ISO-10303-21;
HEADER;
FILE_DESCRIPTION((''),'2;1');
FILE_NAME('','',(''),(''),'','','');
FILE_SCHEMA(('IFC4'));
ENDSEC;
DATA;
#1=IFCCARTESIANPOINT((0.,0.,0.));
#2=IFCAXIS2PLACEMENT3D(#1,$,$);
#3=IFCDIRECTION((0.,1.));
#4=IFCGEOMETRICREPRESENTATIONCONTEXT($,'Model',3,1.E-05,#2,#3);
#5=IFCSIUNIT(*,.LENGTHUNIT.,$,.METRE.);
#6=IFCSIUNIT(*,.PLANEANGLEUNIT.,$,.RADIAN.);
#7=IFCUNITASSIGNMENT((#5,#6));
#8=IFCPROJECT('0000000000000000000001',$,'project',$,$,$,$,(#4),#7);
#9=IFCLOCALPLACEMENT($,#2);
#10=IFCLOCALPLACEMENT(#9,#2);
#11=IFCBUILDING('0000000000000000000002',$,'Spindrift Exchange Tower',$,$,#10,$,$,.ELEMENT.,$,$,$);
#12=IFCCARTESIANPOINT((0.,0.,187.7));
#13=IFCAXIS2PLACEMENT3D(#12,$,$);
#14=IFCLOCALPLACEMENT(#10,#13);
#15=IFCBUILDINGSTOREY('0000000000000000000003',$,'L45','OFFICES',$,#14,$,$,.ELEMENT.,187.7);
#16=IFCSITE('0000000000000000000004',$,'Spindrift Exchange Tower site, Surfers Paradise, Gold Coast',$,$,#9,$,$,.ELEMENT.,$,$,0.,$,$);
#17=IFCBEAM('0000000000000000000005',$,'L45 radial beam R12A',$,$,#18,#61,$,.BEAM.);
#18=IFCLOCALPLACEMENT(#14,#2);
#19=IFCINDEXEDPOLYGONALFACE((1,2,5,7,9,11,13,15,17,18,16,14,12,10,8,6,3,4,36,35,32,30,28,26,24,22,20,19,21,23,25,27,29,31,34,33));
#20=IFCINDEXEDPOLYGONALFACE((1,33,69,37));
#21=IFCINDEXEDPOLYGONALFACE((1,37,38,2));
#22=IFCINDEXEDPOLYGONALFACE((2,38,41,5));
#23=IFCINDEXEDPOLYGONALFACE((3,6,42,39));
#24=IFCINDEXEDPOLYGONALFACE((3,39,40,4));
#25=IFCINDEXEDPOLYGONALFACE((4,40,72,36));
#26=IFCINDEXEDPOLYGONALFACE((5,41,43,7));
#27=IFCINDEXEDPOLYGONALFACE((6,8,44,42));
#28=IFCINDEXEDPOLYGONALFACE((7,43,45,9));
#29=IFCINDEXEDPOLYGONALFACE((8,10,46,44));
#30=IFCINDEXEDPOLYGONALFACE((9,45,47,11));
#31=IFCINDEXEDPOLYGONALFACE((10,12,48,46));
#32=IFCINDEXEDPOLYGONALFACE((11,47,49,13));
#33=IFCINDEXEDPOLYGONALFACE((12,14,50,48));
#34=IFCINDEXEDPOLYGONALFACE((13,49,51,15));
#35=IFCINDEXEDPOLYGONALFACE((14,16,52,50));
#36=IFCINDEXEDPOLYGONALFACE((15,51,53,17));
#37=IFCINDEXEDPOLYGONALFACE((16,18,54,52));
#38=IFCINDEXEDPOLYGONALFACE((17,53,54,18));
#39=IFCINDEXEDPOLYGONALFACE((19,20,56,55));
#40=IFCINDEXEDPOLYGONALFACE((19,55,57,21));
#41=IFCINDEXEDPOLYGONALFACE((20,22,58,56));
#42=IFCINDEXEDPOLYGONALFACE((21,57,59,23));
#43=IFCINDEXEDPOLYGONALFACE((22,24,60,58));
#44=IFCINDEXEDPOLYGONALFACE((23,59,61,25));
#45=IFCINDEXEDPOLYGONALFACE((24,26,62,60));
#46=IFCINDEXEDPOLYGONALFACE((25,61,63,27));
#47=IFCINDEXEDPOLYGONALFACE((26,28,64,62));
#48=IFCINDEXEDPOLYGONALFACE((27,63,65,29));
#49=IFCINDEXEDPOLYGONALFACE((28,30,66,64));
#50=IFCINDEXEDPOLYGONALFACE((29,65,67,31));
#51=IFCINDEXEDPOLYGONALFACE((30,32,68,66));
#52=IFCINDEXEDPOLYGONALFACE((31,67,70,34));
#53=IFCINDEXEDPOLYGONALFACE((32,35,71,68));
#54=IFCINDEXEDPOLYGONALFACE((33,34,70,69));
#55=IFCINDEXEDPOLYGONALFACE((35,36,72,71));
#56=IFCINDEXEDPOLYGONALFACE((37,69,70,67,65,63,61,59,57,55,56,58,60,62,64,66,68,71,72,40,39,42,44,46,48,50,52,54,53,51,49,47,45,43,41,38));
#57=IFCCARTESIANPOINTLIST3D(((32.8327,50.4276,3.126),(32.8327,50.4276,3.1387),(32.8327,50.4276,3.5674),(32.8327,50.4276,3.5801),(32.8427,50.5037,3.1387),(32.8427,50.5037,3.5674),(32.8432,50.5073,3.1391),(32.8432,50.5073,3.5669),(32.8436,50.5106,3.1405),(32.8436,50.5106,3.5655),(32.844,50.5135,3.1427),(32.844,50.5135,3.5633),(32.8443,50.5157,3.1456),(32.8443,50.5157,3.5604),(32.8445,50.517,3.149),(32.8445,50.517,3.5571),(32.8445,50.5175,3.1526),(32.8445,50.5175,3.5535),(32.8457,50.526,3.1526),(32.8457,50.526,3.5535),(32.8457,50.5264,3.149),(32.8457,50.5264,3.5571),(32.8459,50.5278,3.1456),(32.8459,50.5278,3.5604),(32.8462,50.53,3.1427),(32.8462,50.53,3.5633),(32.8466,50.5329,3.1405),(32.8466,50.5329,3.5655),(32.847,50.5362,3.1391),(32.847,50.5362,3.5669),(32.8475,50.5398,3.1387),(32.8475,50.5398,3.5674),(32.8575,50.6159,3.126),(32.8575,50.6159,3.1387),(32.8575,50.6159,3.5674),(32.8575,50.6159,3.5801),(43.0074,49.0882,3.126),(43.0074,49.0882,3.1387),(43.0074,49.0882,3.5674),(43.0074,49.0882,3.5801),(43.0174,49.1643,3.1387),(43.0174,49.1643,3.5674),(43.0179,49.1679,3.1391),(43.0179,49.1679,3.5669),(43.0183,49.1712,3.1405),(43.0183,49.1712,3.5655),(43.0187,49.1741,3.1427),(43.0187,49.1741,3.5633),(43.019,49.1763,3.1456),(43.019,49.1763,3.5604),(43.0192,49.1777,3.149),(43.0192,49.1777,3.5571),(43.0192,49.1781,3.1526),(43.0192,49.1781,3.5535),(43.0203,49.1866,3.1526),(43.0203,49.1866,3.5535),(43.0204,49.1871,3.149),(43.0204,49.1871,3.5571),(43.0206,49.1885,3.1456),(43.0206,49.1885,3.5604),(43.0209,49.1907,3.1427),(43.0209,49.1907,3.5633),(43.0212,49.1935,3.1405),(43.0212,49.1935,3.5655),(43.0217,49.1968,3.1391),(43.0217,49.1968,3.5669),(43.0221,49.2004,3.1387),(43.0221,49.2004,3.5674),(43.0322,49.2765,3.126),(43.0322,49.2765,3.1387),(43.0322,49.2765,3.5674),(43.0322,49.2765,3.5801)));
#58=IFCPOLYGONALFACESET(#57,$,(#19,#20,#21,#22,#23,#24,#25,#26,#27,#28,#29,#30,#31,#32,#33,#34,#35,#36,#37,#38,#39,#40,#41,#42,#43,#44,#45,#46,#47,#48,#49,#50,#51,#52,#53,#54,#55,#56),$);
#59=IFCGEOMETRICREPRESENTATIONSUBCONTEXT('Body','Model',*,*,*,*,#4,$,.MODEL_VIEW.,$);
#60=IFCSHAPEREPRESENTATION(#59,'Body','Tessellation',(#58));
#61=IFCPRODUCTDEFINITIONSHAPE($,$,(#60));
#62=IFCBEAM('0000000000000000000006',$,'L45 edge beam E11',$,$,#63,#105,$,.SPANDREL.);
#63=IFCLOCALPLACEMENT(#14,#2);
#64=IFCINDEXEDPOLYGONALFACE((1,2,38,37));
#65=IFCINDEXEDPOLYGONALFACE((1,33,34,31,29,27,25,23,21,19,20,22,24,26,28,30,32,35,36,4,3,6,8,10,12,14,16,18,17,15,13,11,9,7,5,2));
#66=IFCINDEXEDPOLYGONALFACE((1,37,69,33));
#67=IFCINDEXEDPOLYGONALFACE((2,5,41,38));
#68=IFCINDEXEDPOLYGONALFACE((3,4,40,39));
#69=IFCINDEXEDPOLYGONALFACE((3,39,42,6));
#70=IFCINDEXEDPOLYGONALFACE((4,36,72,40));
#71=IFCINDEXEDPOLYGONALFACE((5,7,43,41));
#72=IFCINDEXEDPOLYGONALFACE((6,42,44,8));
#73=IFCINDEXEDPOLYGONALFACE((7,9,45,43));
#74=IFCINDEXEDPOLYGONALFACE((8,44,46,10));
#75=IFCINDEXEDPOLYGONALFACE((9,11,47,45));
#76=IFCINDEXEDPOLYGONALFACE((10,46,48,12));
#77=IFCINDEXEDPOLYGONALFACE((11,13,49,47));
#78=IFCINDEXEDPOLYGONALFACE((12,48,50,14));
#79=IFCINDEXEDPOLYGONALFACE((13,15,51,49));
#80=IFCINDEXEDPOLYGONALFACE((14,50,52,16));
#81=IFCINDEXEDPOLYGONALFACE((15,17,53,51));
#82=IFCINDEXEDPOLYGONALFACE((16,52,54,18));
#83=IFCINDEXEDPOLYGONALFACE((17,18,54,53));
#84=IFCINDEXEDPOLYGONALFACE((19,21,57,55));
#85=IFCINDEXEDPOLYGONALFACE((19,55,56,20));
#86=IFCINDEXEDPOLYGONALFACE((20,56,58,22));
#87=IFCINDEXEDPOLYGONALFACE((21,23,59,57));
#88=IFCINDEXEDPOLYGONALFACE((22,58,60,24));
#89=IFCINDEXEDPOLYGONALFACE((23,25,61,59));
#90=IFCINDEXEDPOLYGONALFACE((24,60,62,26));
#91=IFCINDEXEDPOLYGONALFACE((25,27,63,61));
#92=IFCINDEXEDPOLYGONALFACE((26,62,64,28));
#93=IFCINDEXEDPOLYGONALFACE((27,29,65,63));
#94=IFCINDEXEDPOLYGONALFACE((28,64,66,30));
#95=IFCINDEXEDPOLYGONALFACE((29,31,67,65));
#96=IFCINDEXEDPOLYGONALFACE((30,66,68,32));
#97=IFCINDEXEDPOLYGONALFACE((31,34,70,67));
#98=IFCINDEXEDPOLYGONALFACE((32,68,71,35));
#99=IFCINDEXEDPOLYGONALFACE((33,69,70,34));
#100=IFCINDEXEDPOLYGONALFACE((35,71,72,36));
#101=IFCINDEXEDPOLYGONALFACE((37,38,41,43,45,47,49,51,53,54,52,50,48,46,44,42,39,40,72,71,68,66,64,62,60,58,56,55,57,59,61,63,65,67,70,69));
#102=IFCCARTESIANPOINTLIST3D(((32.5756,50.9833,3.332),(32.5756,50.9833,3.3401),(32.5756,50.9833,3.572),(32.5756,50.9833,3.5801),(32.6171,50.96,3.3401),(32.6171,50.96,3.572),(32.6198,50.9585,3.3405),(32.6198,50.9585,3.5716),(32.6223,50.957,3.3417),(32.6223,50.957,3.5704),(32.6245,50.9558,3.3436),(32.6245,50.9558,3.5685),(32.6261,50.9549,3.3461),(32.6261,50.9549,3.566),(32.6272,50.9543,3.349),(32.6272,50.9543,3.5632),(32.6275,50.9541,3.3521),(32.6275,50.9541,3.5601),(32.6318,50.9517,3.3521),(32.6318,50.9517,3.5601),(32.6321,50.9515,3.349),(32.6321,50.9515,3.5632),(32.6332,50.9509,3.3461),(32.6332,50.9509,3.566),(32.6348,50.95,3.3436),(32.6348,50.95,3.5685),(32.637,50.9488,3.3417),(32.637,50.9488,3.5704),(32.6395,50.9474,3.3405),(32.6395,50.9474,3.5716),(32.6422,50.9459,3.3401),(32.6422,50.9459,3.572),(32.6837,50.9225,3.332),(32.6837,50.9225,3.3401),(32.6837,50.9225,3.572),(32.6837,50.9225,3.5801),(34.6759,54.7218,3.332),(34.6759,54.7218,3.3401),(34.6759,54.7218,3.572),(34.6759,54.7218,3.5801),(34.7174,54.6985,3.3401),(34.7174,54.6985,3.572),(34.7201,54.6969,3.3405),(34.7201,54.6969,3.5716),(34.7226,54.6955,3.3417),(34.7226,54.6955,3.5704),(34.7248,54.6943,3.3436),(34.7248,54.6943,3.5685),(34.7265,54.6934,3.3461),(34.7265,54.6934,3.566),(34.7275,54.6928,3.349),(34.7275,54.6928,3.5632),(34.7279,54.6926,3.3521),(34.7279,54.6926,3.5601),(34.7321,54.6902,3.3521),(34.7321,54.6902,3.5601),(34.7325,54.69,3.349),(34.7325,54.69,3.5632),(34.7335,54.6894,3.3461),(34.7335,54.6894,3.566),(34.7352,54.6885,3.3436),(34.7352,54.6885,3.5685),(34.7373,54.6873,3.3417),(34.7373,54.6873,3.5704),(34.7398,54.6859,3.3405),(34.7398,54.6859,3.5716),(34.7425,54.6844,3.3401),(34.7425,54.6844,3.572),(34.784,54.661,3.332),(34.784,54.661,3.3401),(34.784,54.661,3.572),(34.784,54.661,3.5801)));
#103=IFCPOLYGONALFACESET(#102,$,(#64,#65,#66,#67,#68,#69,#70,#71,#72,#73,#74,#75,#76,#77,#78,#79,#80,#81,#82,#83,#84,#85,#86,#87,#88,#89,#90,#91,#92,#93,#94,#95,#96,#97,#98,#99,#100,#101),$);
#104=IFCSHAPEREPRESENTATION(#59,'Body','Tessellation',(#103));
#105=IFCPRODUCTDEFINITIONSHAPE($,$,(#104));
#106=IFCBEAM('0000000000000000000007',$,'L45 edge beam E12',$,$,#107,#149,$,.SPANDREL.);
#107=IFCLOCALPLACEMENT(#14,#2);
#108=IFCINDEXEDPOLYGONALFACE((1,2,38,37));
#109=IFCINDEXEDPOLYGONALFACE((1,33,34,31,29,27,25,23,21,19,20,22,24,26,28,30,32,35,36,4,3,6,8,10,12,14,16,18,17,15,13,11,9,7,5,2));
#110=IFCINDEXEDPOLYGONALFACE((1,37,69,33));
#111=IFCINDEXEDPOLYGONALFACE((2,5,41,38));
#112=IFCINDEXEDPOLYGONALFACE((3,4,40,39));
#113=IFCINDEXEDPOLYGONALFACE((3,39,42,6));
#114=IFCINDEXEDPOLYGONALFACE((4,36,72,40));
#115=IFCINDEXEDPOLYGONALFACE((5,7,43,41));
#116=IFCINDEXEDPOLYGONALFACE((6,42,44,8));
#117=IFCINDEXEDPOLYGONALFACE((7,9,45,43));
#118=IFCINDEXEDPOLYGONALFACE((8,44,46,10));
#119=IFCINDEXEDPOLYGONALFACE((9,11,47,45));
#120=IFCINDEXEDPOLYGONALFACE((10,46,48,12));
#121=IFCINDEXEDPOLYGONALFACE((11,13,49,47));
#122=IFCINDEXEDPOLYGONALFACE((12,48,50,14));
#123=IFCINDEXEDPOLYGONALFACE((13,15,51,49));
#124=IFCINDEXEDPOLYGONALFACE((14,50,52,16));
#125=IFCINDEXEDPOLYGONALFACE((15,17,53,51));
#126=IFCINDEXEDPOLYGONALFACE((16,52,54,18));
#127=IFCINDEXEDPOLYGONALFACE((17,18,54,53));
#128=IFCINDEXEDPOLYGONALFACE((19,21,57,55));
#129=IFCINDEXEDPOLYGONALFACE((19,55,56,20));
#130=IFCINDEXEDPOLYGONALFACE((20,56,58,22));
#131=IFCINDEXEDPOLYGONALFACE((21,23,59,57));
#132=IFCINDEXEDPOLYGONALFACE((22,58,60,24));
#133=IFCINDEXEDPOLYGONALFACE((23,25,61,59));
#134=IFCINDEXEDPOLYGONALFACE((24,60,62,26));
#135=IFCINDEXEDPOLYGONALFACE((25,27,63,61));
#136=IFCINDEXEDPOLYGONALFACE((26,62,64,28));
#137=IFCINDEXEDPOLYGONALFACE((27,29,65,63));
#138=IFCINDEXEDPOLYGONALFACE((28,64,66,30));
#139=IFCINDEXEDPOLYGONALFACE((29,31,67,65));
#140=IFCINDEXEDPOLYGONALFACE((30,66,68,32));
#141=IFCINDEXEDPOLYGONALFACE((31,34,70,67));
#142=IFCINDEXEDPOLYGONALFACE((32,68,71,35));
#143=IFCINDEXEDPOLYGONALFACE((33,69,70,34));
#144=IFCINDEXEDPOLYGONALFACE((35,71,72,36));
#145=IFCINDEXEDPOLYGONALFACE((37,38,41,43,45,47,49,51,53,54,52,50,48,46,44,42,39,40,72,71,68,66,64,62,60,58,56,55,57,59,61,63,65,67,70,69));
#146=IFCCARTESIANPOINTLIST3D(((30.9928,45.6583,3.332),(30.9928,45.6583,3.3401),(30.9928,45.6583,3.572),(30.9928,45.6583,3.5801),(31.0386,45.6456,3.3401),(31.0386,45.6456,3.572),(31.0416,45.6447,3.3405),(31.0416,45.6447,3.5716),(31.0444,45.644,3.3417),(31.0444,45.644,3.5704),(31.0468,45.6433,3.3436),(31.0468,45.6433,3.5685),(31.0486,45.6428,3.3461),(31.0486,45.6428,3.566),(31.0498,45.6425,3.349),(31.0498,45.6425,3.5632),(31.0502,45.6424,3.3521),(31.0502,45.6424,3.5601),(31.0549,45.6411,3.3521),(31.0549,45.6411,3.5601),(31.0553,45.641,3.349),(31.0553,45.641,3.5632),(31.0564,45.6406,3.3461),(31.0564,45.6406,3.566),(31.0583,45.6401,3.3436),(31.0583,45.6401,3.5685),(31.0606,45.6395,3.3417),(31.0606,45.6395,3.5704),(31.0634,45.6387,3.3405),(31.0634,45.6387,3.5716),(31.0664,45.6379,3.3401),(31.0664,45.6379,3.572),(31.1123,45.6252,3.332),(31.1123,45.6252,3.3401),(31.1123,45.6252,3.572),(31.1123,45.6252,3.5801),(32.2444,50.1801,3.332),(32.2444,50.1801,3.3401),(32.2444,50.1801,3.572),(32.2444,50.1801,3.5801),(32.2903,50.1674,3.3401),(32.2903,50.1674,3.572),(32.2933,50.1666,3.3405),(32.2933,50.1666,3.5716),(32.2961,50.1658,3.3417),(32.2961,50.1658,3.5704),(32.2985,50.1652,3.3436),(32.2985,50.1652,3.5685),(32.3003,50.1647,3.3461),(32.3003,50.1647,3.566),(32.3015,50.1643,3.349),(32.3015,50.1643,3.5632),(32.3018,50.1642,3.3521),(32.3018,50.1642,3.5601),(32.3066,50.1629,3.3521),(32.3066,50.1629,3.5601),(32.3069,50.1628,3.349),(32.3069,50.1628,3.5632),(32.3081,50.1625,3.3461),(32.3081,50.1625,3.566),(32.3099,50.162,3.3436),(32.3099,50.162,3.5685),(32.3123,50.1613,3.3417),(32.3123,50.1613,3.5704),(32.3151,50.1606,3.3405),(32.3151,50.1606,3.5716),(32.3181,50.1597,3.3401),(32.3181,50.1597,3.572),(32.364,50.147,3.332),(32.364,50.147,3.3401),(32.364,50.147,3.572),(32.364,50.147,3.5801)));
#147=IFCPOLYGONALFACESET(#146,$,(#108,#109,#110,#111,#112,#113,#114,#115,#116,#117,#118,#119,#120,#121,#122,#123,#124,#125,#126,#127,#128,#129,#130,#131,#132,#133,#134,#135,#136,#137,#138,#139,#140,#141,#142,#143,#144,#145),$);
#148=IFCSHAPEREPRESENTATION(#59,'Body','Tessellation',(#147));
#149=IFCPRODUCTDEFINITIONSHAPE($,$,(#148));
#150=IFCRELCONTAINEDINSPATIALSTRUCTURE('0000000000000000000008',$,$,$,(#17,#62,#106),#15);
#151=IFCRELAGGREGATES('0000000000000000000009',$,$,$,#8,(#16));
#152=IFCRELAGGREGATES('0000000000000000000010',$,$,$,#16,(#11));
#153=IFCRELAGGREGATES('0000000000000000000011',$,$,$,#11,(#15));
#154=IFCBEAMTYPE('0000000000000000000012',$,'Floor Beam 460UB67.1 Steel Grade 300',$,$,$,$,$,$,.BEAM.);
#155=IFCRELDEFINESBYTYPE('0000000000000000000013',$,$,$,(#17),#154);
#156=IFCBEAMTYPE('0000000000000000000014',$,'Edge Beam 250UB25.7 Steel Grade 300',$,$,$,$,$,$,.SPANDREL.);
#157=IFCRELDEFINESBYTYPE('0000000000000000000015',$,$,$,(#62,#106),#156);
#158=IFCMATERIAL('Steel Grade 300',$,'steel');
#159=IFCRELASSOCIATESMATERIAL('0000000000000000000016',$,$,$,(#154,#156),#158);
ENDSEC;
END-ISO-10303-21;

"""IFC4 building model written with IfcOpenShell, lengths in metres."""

from ifc_helpers import new_model, si_unit, direction, frame, origin, origin_2d, place, context, subcontext, project, spatial, i_section, extrude, source, transform, mapped, material, material_profile, profile_set, type_object, element, save


model = new_model("IFC4")

# Units and contexts
model_context = context("Model", 3, precision=1e-05, world=origin(), true_north=direction((0.0, 1.0)))
body_context = subcontext(model_context, "Body", "Model", "MODEL_VIEW")
ifc_project = project(units=[si_unit("LENGTHUNIT", "METRE"), si_unit("PLANEANGLEUNIT", "RADIAN")], contexts=[model_context])

# Site, building, storey
site_placement = place(None, origin())
site = spatial("IfcSite", under=ifc_project, at=site_placement, Name="Spindrift Exchange Tower site, Surfers Paradise, Gold Coast", CompositionType="ELEMENT", RefElevation=0.0)
building_placement = place(site_placement, origin())
building = spatial("IfcBuilding", under=site, at=building_placement, Name="Spindrift Exchange Tower", CompositionType="ELEMENT")
storey_placement = place(building_placement, frame((0.0, 0.0, 187.7)))
storey = spatial("IfcBuildingStorey", under=building, at=storey_placement, Name="L45", Description="OFFICES", CompositionType="ELEMENT", Elevation=187.7)

# Beams
ifc_material_1 = material(Name="Steel Grade 300", Category="steel")
ifc_material_profile_1 = material_profile(ifc_material_1, i_section(OverallWidth=0.1899, OverallDepth=0.4541, WebThickness=0.0085, FlangeThickness=0.0127, FilletRadius=0.0139, at=origin_2d()), Name="460UB67.1")
ifc_profile_set_1 = profile_set([ifc_material_profile_1], Name="Steel Grade 300")
beam_type_1 = type_object("IfcBeamType", Name="Floor Beam 460UB67.1 Steel Grade 300", PredefinedType="BEAM", material=ifc_profile_set_1)
shared_shape_1 = source(origin(), body_context, "Body", "SweptSolid", [
    extrude(i_section(OverallWidth=0.1899, OverallDepth=0.4541, WebThickness=0.0085, FlangeThickness=0.0127, FilletRadius=0.0139, at=origin_2d()), origin(), (0.0, 0.0, 1.0), 10.2625),
])
beam_1_placement = place(storey_placement, frame((43.0198, 49.1824, 3.353), z_axis=(-0.991447, 0.130512, 0.0), x_axis=(-0.130512, -0.991447, 0.0)))
element("IfcBeam", 1, at=beam_1_placement, inside=storey, type_object=beam_type_1, Name="L45 radial beam R12A", PredefinedType="BEAM", context=body_context, shape_type="MappedRepresentation", body=[
    mapped(shared_shape_1, transform((0.0, 0.0, 0.0), scale=1.0)),
])
ifc_material_profile_2 = material_profile(ifc_material_1, i_section(OverallWidth=0.124, OverallDepth=0.248, WebThickness=0.0049, FlangeThickness=0.0081, FilletRadius=0.012, at=origin_2d()), Name="250UB25.7")
ifc_profile_set_2 = profile_set([ifc_material_profile_2], Name="Steel Grade 300")
beam_type_2 = type_object("IfcBeamType", Name="Edge Beam 250UB25.7 Steel Grade 300", PredefinedType="SPANDREL", material=ifc_profile_set_2)
shared_shape_2 = source(origin(), body_context, "Body", "SweptSolid", [
    extrude(i_section(OverallWidth=0.124, OverallDepth=0.248, WebThickness=0.0049, FlangeThickness=0.0081, FilletRadius=0.012, at=origin_2d()), origin(), (0.0, 0.0, 1.0), 4.2881),
])
beam_2_placement = place(storey_placement, frame((34.73, 54.6914, 3.4561), z_axis=(-0.489804, -0.871832, 0.0), x_axis=(0.871832, -0.489804, 0.0)))
element("IfcBeam", 2, at=beam_2_placement, inside=storey, type_object=beam_type_2, Name="L45 edge beam E11", PredefinedType="SPANDREL", context=body_context, shape_type="MappedRepresentation", body=[
    mapped(shared_shape_2, transform((0.0, 0.0, 0.0), scale=1.0)),
])
shared_shape_3 = source(origin(), body_context, "Body", "SweptSolid", [
    extrude(i_section(OverallWidth=0.124, OverallDepth=0.248, WebThickness=0.0049, FlangeThickness=0.0081, FilletRadius=0.012, at=origin_2d()), origin(), (0.0, 0.0, 1.0), 4.6919),
])
beam_3_placement = place(storey_placement, frame((32.3042, 50.1636, 3.4561), z_axis=(-0.266774, -0.963759, 0.0), x_axis=(0.963759, -0.266774, 0.0)))
element("IfcBeam", 3, at=beam_3_placement, inside=storey, type_object=beam_type_2, Name="L45 edge beam E12", PredefinedType="SPANDREL", context=body_context, shape_type="MappedRepresentation", body=[
    mapped(shared_shape_3, transform((0.0, 0.0, 0.0), scale=1.0)),
])

save(model, "model.ifc")
